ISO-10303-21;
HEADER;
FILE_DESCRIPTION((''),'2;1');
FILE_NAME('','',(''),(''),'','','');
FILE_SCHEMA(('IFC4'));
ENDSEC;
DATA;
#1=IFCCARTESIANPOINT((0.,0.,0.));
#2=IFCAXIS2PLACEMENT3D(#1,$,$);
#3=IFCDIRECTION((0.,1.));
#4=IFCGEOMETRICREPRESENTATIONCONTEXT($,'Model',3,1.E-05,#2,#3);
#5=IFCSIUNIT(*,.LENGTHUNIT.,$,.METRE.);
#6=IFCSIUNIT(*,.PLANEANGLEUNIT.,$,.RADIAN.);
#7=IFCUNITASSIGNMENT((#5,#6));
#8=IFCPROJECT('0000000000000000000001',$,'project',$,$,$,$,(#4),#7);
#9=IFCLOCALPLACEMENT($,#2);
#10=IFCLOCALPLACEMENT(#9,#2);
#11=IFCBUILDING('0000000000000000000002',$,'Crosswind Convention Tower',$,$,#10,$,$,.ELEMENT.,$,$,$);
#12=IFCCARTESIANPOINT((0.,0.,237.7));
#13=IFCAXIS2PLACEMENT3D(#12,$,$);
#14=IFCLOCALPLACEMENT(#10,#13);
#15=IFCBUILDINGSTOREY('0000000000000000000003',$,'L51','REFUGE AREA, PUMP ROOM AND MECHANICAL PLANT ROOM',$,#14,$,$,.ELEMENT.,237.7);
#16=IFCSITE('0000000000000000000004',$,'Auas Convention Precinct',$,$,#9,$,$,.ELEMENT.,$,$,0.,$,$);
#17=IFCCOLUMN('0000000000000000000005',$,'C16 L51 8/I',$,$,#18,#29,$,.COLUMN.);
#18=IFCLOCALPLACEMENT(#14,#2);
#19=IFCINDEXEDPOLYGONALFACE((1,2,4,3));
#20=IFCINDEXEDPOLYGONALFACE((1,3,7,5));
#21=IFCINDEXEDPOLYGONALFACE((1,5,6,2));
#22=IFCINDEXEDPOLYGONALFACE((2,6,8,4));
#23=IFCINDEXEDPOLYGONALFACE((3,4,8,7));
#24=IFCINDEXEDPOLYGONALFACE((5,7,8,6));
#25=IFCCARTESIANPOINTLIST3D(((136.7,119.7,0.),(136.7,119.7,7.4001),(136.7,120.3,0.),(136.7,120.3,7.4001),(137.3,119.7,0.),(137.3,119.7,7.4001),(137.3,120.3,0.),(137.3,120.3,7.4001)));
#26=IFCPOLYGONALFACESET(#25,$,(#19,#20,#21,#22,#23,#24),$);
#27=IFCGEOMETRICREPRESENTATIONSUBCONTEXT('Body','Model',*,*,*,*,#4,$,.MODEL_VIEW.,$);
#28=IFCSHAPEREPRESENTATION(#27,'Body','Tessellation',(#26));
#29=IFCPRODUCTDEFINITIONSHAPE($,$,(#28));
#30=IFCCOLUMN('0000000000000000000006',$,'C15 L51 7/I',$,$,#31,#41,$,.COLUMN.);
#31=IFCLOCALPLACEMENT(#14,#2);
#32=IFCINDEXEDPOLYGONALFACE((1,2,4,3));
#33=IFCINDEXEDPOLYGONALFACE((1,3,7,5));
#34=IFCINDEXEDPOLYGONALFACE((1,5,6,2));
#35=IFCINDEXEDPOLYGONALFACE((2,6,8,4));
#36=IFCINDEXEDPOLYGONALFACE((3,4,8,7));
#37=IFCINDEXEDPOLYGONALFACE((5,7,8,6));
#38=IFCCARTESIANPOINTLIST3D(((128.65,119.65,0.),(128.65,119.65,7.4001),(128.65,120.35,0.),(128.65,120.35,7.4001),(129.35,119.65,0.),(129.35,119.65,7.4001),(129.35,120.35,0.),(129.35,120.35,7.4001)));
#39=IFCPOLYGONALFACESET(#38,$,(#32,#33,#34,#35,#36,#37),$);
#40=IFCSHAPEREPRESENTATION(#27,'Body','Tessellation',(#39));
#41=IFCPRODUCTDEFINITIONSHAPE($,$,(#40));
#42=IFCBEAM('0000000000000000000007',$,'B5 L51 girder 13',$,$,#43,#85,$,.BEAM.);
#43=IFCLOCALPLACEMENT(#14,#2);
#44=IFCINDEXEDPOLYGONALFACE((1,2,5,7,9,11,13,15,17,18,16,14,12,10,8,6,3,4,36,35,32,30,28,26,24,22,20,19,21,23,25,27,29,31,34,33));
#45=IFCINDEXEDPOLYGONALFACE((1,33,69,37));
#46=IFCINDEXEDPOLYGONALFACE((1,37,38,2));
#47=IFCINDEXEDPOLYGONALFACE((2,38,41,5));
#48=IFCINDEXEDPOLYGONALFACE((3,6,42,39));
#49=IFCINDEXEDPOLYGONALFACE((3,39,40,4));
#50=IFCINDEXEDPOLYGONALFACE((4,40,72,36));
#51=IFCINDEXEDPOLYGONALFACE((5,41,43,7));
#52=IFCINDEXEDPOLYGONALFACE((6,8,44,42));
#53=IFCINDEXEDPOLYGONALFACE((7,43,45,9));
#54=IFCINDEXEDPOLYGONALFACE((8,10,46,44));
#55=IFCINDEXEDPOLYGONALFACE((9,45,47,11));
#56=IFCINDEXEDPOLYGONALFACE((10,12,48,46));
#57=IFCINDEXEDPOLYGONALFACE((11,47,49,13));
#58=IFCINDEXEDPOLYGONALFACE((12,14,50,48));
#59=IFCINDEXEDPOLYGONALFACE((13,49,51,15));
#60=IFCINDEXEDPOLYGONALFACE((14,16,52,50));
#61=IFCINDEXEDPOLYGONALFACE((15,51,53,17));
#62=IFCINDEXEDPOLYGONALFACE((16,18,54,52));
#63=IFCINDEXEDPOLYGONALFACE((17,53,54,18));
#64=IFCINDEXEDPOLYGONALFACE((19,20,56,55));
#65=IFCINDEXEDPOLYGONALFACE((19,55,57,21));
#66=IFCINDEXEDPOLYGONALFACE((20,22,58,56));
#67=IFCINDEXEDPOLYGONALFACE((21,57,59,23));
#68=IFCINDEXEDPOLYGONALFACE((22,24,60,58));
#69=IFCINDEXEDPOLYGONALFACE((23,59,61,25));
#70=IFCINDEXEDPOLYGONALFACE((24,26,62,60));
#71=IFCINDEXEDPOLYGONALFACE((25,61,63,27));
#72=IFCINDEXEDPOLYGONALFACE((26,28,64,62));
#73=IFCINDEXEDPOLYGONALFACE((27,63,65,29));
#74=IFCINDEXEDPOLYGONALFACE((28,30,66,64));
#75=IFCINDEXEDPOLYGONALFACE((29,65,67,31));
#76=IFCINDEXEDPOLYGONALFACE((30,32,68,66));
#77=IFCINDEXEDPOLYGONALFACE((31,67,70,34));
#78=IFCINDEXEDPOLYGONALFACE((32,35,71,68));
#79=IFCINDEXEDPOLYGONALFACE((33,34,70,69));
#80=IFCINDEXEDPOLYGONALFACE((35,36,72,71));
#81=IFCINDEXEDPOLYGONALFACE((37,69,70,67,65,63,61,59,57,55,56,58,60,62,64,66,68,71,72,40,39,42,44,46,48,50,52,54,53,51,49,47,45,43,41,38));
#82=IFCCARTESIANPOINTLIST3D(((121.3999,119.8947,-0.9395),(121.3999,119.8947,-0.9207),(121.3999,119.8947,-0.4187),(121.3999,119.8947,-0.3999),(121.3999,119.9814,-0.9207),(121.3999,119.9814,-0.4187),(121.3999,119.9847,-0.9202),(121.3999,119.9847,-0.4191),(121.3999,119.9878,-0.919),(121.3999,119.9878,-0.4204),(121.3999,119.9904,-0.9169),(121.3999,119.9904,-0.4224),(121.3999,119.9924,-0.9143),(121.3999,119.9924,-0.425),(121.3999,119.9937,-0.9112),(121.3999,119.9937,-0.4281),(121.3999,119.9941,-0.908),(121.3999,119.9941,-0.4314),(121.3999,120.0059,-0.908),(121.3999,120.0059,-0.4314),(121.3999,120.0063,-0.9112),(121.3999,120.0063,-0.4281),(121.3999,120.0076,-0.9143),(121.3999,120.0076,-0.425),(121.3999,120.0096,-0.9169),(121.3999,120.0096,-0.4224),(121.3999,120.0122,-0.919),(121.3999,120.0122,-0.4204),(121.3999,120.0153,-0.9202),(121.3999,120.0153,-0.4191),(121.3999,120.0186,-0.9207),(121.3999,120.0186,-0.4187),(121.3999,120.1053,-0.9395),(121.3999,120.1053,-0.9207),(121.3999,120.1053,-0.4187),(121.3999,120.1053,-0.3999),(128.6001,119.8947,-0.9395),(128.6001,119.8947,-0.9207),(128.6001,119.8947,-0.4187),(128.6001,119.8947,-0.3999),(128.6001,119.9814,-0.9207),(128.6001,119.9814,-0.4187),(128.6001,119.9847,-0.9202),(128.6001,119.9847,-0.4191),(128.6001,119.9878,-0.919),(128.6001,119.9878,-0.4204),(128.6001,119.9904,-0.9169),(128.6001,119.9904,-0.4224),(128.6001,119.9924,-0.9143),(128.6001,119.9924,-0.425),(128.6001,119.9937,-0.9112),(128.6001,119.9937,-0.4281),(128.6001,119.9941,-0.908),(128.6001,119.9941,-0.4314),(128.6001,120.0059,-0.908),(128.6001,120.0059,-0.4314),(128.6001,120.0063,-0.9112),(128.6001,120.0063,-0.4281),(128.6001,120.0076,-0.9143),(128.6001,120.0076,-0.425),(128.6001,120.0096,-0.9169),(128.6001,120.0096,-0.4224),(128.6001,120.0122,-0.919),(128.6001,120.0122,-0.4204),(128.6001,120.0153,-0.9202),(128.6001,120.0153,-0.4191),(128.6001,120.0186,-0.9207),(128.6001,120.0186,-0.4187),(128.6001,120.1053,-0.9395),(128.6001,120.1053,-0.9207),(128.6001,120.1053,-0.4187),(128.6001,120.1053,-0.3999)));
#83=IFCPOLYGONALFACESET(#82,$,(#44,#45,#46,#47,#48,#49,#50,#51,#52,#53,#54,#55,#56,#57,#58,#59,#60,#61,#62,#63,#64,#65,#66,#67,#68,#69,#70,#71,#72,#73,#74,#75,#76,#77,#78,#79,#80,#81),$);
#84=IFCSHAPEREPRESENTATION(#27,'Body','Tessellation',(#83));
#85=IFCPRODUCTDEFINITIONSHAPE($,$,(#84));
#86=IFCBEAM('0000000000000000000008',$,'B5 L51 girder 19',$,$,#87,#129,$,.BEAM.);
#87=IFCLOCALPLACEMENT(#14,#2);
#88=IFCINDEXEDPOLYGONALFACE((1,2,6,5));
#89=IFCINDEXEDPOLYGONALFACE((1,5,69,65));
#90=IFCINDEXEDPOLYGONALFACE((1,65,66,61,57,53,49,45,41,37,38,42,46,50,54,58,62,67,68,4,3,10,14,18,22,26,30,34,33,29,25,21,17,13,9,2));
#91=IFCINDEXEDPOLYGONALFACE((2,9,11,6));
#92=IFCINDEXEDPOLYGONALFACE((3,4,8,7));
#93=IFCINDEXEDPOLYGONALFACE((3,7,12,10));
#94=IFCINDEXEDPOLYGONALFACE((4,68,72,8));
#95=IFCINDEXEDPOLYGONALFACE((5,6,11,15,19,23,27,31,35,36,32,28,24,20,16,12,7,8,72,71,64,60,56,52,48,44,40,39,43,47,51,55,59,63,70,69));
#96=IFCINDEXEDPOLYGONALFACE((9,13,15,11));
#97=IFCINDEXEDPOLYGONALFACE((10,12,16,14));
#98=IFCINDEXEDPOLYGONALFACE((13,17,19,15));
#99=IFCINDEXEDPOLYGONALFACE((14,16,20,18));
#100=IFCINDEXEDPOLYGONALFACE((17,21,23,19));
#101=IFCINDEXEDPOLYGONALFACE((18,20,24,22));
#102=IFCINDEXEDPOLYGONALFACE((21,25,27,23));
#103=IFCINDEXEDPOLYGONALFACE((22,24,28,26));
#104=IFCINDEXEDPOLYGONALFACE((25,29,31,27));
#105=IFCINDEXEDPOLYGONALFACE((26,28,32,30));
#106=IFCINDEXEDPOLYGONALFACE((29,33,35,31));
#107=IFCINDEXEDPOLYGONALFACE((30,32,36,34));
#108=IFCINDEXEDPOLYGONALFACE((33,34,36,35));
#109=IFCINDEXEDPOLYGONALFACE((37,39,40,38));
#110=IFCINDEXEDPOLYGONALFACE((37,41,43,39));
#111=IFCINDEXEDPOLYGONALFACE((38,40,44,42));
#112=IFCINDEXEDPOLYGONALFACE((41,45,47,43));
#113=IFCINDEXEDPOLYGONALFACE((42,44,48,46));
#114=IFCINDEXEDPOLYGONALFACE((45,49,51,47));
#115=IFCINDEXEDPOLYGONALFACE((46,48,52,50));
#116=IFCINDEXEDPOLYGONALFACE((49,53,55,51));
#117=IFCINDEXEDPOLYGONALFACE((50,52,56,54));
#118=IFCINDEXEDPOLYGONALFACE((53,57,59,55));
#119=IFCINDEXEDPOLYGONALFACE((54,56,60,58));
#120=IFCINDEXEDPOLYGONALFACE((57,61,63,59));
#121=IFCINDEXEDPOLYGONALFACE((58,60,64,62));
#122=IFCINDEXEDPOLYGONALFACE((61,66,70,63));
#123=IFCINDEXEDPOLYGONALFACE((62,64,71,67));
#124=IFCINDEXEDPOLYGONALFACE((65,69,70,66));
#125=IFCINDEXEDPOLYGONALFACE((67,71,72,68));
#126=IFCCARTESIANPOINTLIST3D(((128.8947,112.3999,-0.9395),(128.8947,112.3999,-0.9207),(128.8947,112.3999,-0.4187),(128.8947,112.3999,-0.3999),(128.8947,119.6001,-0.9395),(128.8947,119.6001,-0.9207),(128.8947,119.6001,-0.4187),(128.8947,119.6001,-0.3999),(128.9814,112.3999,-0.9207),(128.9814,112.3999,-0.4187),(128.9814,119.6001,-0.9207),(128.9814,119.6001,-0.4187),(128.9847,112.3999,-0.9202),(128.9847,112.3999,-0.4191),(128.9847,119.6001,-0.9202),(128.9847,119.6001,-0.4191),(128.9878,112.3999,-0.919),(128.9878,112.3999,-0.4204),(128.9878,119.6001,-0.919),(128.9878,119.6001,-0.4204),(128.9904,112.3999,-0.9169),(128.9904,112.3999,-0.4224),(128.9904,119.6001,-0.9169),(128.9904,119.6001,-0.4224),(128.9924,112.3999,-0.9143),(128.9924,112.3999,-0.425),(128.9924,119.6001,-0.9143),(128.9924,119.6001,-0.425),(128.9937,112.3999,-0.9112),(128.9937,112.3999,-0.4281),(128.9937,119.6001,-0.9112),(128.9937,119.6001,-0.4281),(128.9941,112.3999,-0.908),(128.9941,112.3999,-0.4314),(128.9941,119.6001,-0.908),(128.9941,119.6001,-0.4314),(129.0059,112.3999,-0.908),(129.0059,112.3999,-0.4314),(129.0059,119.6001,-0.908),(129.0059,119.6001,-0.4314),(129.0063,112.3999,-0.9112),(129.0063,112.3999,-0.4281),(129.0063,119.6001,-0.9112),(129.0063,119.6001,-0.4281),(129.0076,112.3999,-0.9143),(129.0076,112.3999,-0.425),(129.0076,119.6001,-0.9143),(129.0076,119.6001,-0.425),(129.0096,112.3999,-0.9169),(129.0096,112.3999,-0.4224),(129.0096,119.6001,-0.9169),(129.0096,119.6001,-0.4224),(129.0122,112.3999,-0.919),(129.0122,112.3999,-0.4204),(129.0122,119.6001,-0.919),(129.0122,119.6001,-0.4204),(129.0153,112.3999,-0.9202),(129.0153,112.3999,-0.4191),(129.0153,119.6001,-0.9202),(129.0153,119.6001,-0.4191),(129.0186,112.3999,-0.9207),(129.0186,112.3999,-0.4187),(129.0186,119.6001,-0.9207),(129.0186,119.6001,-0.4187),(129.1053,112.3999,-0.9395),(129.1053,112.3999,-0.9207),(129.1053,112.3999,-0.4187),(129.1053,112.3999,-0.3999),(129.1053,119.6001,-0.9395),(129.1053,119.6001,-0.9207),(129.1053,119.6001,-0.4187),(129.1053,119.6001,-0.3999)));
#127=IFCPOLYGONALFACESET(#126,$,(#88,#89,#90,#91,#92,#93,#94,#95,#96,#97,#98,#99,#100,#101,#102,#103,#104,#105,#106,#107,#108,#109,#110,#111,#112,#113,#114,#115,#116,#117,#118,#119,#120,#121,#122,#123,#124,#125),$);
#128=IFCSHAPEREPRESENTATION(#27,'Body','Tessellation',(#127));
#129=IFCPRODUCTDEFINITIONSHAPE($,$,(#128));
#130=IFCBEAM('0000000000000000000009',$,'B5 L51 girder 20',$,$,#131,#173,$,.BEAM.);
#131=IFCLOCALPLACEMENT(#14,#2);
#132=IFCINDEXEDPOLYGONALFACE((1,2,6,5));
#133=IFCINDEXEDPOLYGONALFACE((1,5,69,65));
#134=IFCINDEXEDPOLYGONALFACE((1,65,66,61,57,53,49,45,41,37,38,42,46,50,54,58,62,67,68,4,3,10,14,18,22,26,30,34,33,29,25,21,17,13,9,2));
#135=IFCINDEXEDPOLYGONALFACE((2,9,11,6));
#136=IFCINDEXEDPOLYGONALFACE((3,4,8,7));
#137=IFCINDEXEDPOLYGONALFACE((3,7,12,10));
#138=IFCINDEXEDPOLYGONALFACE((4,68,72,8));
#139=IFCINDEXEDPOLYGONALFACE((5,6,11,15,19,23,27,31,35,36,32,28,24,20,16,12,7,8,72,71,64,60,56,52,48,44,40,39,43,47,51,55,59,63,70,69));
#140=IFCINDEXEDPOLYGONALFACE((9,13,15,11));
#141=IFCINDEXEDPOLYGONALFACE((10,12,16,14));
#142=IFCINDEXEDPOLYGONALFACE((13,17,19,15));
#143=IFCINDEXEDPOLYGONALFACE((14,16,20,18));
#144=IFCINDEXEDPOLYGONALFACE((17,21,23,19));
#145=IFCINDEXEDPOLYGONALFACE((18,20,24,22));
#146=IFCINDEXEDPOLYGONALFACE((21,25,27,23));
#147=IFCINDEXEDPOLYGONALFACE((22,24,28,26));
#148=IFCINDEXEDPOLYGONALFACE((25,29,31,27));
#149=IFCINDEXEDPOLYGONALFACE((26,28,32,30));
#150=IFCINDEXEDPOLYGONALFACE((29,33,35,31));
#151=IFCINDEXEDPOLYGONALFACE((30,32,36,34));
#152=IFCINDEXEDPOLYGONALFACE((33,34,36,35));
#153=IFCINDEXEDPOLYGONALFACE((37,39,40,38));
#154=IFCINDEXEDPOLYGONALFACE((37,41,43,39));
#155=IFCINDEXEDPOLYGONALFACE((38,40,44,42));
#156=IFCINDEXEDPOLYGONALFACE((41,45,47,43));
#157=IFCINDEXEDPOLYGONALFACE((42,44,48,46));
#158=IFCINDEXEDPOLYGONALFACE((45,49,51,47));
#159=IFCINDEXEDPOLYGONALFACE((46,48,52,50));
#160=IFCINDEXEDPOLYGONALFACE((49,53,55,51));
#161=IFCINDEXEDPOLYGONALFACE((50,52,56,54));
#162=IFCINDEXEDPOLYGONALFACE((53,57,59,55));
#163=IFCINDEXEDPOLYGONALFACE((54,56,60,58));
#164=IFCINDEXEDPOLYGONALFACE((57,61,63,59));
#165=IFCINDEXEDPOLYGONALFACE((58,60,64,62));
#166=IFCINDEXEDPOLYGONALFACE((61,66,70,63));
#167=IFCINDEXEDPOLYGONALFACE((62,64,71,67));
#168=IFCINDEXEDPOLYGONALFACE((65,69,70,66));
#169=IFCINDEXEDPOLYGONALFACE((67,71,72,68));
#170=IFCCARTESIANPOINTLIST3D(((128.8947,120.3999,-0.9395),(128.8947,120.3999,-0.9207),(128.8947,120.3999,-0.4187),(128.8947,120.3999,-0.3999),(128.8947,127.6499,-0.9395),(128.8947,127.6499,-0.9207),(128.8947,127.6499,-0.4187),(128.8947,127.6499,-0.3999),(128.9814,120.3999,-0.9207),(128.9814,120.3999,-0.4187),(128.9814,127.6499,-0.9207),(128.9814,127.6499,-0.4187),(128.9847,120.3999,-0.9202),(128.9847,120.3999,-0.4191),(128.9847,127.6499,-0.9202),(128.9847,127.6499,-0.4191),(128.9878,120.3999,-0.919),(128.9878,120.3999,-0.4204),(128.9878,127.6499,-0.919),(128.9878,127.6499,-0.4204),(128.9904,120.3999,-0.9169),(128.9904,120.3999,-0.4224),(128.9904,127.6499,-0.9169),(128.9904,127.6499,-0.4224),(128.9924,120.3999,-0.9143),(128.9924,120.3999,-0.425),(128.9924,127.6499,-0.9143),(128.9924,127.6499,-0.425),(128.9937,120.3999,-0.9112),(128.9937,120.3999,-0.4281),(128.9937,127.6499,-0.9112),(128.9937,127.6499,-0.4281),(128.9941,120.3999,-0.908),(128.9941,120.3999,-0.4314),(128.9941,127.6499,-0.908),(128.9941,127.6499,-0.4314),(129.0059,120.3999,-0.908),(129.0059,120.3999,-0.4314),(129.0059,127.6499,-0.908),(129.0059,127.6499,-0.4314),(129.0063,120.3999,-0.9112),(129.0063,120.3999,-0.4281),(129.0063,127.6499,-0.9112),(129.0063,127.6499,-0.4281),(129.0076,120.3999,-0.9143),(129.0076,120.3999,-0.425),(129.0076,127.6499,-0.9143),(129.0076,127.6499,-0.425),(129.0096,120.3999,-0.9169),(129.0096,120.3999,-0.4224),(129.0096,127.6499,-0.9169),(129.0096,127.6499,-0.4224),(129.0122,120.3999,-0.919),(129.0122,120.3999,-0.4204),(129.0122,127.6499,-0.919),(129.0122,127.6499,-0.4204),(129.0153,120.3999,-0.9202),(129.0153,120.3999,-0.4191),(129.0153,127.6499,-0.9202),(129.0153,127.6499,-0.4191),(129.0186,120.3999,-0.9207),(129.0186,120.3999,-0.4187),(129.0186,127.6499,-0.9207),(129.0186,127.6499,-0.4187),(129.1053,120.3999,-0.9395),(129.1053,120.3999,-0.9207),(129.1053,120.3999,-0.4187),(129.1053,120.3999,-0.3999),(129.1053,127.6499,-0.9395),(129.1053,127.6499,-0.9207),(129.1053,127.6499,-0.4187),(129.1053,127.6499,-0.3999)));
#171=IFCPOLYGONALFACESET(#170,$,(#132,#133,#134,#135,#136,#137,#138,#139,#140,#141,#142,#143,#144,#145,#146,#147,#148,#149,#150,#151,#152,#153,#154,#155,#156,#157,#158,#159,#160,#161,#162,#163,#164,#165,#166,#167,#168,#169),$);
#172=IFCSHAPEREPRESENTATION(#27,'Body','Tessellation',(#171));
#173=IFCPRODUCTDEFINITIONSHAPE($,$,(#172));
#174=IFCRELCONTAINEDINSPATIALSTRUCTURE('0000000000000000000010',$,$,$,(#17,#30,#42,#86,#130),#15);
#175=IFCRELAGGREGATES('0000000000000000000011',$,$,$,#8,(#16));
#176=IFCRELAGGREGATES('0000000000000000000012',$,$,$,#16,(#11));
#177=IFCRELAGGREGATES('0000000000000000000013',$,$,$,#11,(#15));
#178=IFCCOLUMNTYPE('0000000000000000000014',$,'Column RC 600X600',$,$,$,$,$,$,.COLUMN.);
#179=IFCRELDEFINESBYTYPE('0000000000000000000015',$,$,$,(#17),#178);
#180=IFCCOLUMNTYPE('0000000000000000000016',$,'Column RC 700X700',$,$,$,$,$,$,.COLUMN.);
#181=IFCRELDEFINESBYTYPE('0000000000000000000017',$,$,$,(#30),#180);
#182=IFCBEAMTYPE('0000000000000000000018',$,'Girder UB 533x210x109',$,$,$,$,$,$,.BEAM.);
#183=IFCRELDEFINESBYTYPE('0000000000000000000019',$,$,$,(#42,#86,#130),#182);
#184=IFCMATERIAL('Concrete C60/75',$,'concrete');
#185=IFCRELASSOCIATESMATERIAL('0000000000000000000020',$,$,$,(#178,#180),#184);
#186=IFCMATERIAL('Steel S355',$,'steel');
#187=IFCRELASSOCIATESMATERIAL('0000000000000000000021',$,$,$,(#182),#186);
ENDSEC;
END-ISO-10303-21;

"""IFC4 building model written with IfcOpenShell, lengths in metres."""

from ifc_helpers import new_model, si_unit, direction, frame, origin, origin_2d, place, context, subcontext, project, spatial, rectangle, i_section, extrude, material, material_profile, profile_set, type_object, element, save


model = new_model("IFC4")

# Units and contexts
model_context = context("Model", 3, precision=1e-05, world=origin(), true_north=direction((0.0, 1.0)))
body_context = subcontext(model_context, "Body", "Model", "MODEL_VIEW")
ifc_project = project(units=[si_unit("LENGTHUNIT", "METRE"), si_unit("PLANEANGLEUNIT", "RADIAN")], contexts=[model_context])

# Site, building, storey
site_placement = place(None, origin())
site = spatial("IfcSite", under=ifc_project, at=site_placement, Name="Auas Convention Precinct", CompositionType="ELEMENT", RefElevation=0.0)
building_placement = place(site_placement, origin())
building = spatial("IfcBuilding", under=site, at=building_placement, Name="Crosswind Convention Tower", CompositionType="ELEMENT")
storey_placement = place(building_placement, frame((0.0, 0.0, 237.7)))
storey = spatial("IfcBuildingStorey", under=building, at=storey_placement, Name="L51", Description="REFUGE AREA, PUMP ROOM AND MECHANICAL PLANT ROOM", CompositionType="ELEMENT", Elevation=237.7)

# Columns
ifc_material_1 = material(Name="Concrete C60/75", Category="concrete")
ifc_material_profile_1 = material_profile(ifc_material_1, rectangle(XDim=0.6001, YDim=0.6001, at=origin_2d()), Name="RC 600X600")
ifc_profile_set_1 = profile_set([ifc_material_profile_1], Name="Concrete C60/75")
column_type_1 = type_object("IfcColumnType", Name="Column RC 600X600", PredefinedType="COLUMN", material=ifc_profile_set_1)
column_1_placement = place(storey_placement, frame((137.0, 120.0, 0.0), z_axis=(0.0, 0.0, 1.0), x_axis=(1.0, 0.0, 0.0)))
element("IfcColumn", 1, at=column_1_placement, inside=storey, type_object=column_type_1, Name="C16 L51 8/I", PredefinedType="COLUMN", context=body_context, shape_type="SweptSolid", body=[
    extrude(rectangle(XDim=0.6001, YDim=0.6001, at=origin_2d()), origin(), (0.0, 0.0, 1.0), 7.4001),
])
ifc_material_profile_2 = material_profile(ifc_material_1, rectangle(XDim=0.7, YDim=0.7, at=origin_2d()), Name="RC 700X700")
ifc_profile_set_2 = profile_set([ifc_material_profile_2], Name="Concrete C60/75")
column_type_2 = type_object("IfcColumnType", Name="Column RC 700X700", PredefinedType="COLUMN", material=ifc_profile_set_2)
column_2_placement = place(storey_placement, frame((129.0, 120.0, 0.0), z_axis=(0.0, 0.0, 1.0), x_axis=(1.0, 0.0, 0.0)))
element("IfcColumn", 2, at=column_2_placement, inside=storey, type_object=column_type_2, Name="C15 L51 7/I", PredefinedType="COLUMN", context=body_context, shape_type="SweptSolid", body=[
    extrude(rectangle(XDim=0.7, YDim=0.7, at=origin_2d()), origin(), (0.0, 0.0, 1.0), 7.4001),
])

# Beams
ifc_material_2 = material(Name="Steel S355", Category="steel")
ifc_material_profile_3 = material_profile(ifc_material_2, i_section(OverallWidth=0.2107, OverallDepth=0.5396, WebThickness=0.0117, FlangeThickness=0.0188, FilletRadius=0.0127, at=origin_2d()), Name="UB 533x210x109")
ifc_profile_set_3 = profile_set([ifc_material_profile_3], Name="Steel S355")
beam_type_1 = type_object("IfcBeamType", Name="Girder UB 533x210x109", PredefinedType="BEAM", material=ifc_profile_set_3)
for number, where, z_axis, x_axis, name in (
    (3, (121.3999, 120.0, -0.6697), (1.0, 0.0, 0.0), (0.0, 1.0, 0.0), "B5 L51 girder 13"),
    (4, (129.0, 112.3999, -0.6697), (0.0, 1.0, 0.0), (-1.0, 0.0, 0.0), "B5 L51 girder 19"),
):
    element("IfcBeam", number, at=place(storey_placement, frame(where, z_axis=z_axis, x_axis=x_axis)), inside=storey, type_object=beam_type_1, Name=name, PredefinedType="BEAM", context=body_context, shape_type="SweptSolid", body=[
        extrude(i_section(OverallWidth=0.2107, OverallDepth=0.5396, WebThickness=0.0117, FlangeThickness=0.0188, FilletRadius=0.0127, at=origin_2d()), origin(), (0.0, 0.0, 1.0), 7.2002),
    ])
for number, where, z_axis, x_axis, name in (
    (5, (129.0, 120.3999, -0.6697), (0.0, 1.0, 0.0), (-1.0, 0.0, 0.0), "B5 L51 girder 20"),
):
    element("IfcBeam", number, at=place(storey_placement, frame(where, z_axis=z_axis, x_axis=x_axis)), inside=storey, type_object=beam_type_1, Name=name, PredefinedType="BEAM", context=body_context, shape_type="SweptSolid", body=[
        extrude(i_section(OverallWidth=0.2107, OverallDepth=0.5396, WebThickness=0.0117, FlangeThickness=0.0188, FilletRadius=0.0127, at=origin_2d()), origin(), (0.0, 0.0, 1.0), 7.25),
    ])

save(model, "model.ifc")
